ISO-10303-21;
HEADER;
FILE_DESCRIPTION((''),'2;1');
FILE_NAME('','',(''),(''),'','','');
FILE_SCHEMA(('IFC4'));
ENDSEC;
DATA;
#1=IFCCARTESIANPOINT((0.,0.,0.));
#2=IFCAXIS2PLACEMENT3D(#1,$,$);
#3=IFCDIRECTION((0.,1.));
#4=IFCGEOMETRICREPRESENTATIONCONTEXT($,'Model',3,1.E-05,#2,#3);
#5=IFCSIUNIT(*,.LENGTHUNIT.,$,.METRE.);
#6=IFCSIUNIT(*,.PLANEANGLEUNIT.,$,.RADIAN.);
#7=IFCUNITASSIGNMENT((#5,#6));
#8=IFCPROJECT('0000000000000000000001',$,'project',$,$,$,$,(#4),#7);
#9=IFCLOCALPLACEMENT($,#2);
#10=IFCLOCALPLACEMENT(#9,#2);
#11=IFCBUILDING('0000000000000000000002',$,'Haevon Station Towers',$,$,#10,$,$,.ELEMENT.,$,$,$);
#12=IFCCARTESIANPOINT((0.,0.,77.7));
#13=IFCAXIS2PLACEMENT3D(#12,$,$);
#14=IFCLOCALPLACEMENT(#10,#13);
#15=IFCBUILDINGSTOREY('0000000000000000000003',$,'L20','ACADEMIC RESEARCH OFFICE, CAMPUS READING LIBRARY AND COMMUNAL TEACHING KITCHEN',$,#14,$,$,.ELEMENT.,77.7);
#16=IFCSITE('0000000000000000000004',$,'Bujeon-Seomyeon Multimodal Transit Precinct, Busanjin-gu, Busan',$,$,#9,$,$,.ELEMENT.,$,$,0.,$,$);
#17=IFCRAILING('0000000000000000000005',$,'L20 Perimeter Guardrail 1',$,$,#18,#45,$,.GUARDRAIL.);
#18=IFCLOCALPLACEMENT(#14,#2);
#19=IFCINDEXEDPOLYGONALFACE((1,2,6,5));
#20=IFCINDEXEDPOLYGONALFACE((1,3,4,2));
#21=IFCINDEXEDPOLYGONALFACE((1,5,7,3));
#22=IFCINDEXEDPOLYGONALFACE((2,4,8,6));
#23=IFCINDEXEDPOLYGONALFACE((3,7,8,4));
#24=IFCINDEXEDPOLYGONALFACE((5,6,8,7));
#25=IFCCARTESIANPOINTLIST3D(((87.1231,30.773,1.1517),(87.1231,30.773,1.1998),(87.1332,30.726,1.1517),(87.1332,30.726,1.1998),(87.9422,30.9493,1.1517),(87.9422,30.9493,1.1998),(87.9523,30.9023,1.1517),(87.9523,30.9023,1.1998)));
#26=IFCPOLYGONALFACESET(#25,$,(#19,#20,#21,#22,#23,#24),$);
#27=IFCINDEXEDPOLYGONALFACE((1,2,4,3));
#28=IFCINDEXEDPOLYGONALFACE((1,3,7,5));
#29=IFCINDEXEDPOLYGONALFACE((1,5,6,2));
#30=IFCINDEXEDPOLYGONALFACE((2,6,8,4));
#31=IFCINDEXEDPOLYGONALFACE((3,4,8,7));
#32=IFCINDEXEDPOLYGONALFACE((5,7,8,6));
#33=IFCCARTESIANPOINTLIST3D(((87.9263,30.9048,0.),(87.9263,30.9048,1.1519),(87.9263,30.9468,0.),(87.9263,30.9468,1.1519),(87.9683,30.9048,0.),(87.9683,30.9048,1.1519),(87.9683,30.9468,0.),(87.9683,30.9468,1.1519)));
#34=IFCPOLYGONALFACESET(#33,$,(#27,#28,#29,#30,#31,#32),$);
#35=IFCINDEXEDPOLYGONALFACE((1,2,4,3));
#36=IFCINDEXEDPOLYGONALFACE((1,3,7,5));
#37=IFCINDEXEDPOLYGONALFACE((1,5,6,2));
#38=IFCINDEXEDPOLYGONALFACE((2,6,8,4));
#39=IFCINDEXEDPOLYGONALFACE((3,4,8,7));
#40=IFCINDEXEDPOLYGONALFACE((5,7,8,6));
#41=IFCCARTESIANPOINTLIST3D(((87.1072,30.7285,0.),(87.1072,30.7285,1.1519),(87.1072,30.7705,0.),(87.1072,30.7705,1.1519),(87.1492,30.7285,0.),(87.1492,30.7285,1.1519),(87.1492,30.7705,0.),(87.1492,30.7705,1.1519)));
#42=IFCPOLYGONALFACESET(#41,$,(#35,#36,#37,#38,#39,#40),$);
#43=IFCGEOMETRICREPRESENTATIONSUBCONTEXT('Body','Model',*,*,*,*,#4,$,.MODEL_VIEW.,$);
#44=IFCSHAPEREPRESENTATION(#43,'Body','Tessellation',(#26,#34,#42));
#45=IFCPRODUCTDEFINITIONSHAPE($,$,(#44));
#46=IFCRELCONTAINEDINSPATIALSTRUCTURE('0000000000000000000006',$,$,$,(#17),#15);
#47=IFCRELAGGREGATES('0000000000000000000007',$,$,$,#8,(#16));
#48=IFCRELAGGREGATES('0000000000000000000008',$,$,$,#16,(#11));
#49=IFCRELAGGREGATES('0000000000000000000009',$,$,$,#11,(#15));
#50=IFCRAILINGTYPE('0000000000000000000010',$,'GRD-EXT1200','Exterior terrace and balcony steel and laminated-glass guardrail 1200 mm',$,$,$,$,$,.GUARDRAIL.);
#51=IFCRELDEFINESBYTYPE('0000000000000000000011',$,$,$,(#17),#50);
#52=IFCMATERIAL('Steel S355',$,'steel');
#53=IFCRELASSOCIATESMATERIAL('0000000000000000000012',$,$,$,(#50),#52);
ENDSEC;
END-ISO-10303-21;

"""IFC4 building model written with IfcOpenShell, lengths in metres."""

from ifc_helpers import new_model, si_unit, direction, frame, origin, origin_2d, place, context, subcontext, project, spatial, rectangle, extrude, material, type_object, element, save


model = new_model("IFC4")

# Units and contexts
model_context = context("Model", 3, precision=1e-05, world=origin(), true_north=direction((0.0, 1.0)))
body_context = subcontext(model_context, "Body", "Model", "MODEL_VIEW")
ifc_project = project(units=[si_unit("LENGTHUNIT", "METRE"), si_unit("PLANEANGLEUNIT", "RADIAN")], contexts=[model_context])

# Site, building, storey
site_placement = place(None, origin())
site = spatial("IfcSite", under=ifc_project, at=site_placement, Name="Bujeon-Seomyeon Multimodal Transit Precinct, Busanjin-gu, Busan", CompositionType="ELEMENT", RefElevation=0.0)
building_placement = place(site_placement, origin())
building = spatial("IfcBuilding", under=site, at=building_placement, Name="Haevon Station Towers", CompositionType="ELEMENT")
storey_placement = place(building_placement, frame((0.0, 0.0, 77.7)))
storey = spatial("IfcBuildingStorey", under=building, at=storey_placement, Name="L20", Description="ACADEMIC RESEARCH OFFICE, CAMPUS READING LIBRARY AND COMMUNAL TEACHING KITCHEN", CompositionType="ELEMENT", Elevation=77.7)

# Shared definitions
ifc_material_1 = material(Name="Steel S355", Category="steel")

# Railing
railing_type = type_object("IfcRailingType", Name="GRD-EXT1200", Description="Exterior terrace and balcony steel and laminated-glass guardrail 1200 mm", PredefinedType="GUARDRAIL", material=ifc_material_1)
railing_placement = place(storey_placement, frame((87.9473, 30.9258, 0.0)))
element("IfcRailing", 1, at=railing_placement, inside=storey, type_object=railing_type, Name="L20 Perimeter Guardrail 1", PredefinedType="GUARDRAIL", context=body_context, shape_type="SweptSolid", body=[
    extrude(rectangle(XDim=0.0481, YDim=0.0481, at=origin_2d()), frame((0.0, 0.0, 1.1758), z_axis=(-0.977619, -0.210385, 0.0), x_axis=(0.210385, -0.977619, 0.0)), (0.0, 0.0, 1.0), 0.8379),
    extrude(rectangle(XDim=0.042, YDim=0.042, at=origin_2d()), origin(), (0.0, 0.0, 1.0), 1.1519),
    extrude(rectangle(XDim=0.042, YDim=0.042, at=origin_2d()), frame((-0.8191, -0.1763, 0.0)), (0.0, 0.0, 1.0), 1.1519),
])

save(model, "model.ifc")
